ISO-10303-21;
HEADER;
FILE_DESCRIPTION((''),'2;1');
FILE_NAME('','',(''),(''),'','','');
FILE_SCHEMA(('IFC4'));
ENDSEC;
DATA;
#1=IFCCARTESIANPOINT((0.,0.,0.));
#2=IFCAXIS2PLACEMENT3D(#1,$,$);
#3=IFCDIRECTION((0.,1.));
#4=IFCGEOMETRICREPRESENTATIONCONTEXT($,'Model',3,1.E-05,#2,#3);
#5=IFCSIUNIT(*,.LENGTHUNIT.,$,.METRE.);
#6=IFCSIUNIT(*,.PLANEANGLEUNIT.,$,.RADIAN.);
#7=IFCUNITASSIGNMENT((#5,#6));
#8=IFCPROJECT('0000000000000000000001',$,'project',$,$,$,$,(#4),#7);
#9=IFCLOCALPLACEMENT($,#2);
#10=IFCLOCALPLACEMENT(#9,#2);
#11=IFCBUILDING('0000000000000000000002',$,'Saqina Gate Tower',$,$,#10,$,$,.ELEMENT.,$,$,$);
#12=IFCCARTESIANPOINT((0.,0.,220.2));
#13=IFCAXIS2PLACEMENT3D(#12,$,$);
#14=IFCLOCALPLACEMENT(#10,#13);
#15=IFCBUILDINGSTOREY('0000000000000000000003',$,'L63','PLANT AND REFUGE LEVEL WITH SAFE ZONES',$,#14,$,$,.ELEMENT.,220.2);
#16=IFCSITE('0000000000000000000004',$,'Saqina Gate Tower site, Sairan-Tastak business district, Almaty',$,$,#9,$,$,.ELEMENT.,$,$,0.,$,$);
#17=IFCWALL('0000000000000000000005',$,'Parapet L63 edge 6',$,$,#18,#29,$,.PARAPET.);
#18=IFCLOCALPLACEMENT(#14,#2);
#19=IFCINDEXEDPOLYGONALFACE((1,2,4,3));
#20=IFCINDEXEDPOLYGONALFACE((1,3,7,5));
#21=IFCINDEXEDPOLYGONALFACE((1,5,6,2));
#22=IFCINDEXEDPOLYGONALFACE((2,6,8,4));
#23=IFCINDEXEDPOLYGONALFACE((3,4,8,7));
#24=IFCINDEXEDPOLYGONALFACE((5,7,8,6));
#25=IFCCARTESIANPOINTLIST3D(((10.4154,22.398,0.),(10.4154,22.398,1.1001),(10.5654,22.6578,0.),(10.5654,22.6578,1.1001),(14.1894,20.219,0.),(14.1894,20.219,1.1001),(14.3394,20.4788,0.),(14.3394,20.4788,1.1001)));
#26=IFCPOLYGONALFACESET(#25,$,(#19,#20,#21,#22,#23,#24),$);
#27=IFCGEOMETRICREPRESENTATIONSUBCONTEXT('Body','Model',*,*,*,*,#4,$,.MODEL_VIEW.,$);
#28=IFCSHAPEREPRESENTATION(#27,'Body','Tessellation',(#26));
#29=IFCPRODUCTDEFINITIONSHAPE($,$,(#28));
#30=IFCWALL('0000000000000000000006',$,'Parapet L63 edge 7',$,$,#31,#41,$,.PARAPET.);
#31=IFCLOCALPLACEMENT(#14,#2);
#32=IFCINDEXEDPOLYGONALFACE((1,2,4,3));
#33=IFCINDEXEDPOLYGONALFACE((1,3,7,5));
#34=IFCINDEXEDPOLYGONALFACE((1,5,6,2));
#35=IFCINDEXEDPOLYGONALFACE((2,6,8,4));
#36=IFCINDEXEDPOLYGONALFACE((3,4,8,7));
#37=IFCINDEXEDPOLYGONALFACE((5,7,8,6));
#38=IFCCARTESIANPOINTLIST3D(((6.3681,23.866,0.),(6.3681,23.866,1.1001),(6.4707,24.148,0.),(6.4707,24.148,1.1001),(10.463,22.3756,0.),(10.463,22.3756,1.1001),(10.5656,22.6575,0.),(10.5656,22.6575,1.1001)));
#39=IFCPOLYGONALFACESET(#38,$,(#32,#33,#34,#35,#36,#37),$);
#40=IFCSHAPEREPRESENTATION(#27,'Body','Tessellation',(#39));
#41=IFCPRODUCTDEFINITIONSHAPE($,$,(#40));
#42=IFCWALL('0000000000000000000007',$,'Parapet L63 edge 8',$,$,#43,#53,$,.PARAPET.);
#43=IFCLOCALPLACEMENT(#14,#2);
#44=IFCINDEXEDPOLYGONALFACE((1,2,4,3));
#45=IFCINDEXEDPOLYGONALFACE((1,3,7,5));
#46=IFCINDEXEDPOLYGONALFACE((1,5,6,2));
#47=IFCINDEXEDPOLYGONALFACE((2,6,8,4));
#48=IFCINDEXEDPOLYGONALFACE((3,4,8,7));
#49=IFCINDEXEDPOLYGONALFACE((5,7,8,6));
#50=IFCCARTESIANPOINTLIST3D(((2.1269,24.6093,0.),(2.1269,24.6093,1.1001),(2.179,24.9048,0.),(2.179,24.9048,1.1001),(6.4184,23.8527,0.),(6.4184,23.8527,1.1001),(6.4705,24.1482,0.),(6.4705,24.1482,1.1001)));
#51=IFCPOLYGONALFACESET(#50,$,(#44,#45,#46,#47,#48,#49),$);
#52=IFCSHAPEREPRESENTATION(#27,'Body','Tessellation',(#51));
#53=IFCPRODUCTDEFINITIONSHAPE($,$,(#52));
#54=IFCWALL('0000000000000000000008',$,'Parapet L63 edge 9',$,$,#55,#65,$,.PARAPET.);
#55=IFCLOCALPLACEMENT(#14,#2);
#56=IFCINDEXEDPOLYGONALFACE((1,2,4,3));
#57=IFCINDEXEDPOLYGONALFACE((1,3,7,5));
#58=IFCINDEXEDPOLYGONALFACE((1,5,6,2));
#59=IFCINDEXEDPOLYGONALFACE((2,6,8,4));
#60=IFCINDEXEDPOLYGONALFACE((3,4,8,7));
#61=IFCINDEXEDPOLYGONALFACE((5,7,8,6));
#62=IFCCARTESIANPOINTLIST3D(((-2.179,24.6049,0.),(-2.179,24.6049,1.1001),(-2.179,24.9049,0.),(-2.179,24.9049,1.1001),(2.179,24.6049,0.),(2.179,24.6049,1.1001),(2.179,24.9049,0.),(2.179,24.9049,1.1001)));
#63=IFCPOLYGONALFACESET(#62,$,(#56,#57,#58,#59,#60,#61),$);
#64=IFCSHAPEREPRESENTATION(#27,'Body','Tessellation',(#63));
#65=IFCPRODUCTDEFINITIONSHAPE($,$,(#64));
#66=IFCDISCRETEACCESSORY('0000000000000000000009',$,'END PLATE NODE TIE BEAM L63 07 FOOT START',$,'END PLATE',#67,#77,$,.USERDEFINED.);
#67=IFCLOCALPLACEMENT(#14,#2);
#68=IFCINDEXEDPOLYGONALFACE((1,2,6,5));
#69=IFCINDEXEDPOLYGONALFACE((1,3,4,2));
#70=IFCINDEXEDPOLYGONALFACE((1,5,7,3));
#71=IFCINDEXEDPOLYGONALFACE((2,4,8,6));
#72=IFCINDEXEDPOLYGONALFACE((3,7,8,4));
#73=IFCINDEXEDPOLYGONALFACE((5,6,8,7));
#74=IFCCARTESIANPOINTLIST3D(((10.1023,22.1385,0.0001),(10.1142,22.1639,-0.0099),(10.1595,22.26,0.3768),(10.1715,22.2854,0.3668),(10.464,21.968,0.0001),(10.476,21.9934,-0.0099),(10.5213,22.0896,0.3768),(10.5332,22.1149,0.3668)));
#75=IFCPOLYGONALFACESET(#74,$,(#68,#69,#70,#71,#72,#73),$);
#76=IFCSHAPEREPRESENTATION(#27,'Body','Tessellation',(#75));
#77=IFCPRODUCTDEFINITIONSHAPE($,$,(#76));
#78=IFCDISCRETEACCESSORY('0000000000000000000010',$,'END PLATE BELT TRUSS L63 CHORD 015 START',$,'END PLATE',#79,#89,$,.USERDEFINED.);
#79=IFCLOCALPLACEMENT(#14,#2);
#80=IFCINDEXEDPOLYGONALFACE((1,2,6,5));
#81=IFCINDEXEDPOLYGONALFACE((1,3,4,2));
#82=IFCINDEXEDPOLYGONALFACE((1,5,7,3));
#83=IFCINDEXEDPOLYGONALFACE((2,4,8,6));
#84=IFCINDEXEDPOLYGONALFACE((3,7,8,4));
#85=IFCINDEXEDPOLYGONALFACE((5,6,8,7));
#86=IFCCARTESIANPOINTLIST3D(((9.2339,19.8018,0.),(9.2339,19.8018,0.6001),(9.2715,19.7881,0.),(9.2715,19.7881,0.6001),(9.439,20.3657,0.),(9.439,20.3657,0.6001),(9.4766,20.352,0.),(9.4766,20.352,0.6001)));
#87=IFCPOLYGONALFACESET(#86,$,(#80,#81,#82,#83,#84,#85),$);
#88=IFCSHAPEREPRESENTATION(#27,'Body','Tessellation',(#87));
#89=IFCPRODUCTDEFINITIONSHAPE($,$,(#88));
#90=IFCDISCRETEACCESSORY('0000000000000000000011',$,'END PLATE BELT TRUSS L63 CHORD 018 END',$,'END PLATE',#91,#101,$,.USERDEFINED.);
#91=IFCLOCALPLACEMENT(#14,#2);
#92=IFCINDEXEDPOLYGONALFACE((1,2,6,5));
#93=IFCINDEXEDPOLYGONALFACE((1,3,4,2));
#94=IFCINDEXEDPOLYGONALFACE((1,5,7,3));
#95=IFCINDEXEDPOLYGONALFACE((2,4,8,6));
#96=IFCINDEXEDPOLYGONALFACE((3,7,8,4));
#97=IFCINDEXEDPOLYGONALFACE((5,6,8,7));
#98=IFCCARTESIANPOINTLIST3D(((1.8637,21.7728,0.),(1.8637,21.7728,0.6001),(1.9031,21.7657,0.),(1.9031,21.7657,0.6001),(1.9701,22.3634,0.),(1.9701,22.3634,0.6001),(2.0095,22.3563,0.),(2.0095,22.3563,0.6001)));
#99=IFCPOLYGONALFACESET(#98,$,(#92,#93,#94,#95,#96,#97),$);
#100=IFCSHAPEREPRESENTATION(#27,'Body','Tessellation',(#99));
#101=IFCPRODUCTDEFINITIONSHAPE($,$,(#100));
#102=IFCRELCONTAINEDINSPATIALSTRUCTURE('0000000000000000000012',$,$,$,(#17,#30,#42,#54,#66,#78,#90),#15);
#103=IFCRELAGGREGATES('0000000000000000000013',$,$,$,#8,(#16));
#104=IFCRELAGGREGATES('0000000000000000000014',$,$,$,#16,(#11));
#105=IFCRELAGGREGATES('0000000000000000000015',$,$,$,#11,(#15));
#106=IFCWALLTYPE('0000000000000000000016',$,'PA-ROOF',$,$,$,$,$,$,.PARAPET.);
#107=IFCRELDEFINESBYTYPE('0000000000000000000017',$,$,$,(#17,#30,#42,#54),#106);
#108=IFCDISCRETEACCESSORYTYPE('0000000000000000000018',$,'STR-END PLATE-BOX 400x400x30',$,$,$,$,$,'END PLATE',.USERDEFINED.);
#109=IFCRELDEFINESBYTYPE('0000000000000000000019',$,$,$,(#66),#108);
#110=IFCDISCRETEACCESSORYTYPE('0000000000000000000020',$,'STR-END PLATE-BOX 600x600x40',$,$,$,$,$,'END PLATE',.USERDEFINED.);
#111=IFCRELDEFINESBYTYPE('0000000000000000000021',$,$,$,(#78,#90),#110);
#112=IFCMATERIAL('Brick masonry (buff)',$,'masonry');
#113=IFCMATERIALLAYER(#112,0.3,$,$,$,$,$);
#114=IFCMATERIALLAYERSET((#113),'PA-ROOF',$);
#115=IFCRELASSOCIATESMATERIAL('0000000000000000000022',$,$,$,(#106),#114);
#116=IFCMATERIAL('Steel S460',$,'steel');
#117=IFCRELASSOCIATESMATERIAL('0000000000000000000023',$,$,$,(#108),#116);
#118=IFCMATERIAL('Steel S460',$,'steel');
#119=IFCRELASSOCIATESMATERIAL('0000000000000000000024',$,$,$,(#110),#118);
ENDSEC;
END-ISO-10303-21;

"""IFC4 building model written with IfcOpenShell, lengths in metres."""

from ifc_helpers import new_model, si_unit, direction, frame, frame_2d, origin, origin_2d, place, context, subcontext, project, spatial, rectangle, extrude, material, layer, layer_set, material_profile, profile_set, type_object, element, save


model = new_model("IFC4")

# Units and contexts
model_context = context("Model", 3, precision=1e-05, world=origin(), true_north=direction((0.0, 1.0)))
body_context = subcontext(model_context, "Body", "Model", "MODEL_VIEW")
ifc_project = project(units=[si_unit("LENGTHUNIT", "METRE"), si_unit("PLANEANGLEUNIT", "RADIAN")], contexts=[model_context])

# Site, building, storey
site_placement = place(None, origin())
site = spatial("IfcSite", under=ifc_project, at=site_placement, Name="Saqina Gate Tower site, Sairan-Tastak business district, Almaty", CompositionType="ELEMENT", RefElevation=0.0)
building_placement = place(site_placement, origin())
building = spatial("IfcBuilding", under=site, at=building_placement, Name="Saqina Gate Tower", CompositionType="ELEMENT")
storey_placement = place(building_placement, frame((0.0, 0.0, 220.2)))
storey = spatial("IfcBuildingStorey", under=building, at=storey_placement, Name="L63", Description="PLANT AND REFUGE LEVEL WITH SAFE ZONES", CompositionType="ELEMENT", Elevation=220.2)

# Walls
ifc_material_1 = material(Name="Brick masonry (buff)", Category="masonry")
ifc_layer_1 = layer(ifc_material_1, 0.3)
ifc_layer_set_1 = layer_set([ifc_layer_1], Name="PA-ROOF")
wall_type_1 = type_object("IfcWallType", Name="PA-ROOF", PredefinedType="PARAPET", material=ifc_layer_set_1)
wall_1_placement = place(storey_placement, frame((14.2644, 20.3489, 0.0), z_axis=(0.0, 0.0, 1.0), x_axis=(-0.866018, 0.500013, 0.0)))
element("IfcWall", 1, at=wall_1_placement, inside=storey, type_object=wall_type_1, Name="Parapet L63 edge 6", PredefinedType="PARAPET", context=body_context, shape_type="SweptSolid", body=[
    extrude(rectangle(XDim=4.3579, YDim=0.3, at=frame_2d((2.179, 0.0))), origin(), (0.0, 0.0, 1.0), 1.1001),
])
for number, where, z_axis, x_axis, name in (
    (2, (10.5142, 22.5166, 0.0), (0.0, 0.0, 1.0), (-0.93969, 0.342026, 0.0), "Parapet L63 edge 7"),
    (3, (6.4443, 24.0005, 0.0), (0.0, 0.0, 1.0), (-0.984812, 0.173622, 0.0), "Parapet L63 edge 8"),
):
    element("IfcWall", number, at=place(storey_placement, frame(where, z_axis=z_axis, x_axis=x_axis)), inside=storey, type_object=wall_type_1, Name=name, PredefinedType="PARAPET", context=body_context, shape_type="SweptSolid", body=[
        extrude(rectangle(XDim=4.3577, YDim=0.3, at=frame_2d((2.1787, 0.0))), origin(), (0.0, 0.0, 1.0), 1.1001),
    ])
wall_2_placement = place(storey_placement, frame((2.179, 24.7549, 0.0), z_axis=(0.0, 0.0, 1.0), x_axis=(-1.0, 0.0, 0.0)))
element("IfcWall", 4, at=wall_2_placement, inside=storey, type_object=wall_type_1, Name="Parapet L63 edge 9", PredefinedType="PARAPET", context=body_context, shape_type="SweptSolid", body=[
    extrude(rectangle(XDim=4.3579, YDim=0.3, at=frame_2d((2.179, 0.0))), origin(), (0.0, 0.0, 1.0), 1.1001),
])

# Discrete accessories
ifc_material_2 = material(Name="Steel S460", Category="steel")
ifc_material_profile_1 = material_profile(ifc_material_2, rectangle(XDim=0.3999, YDim=0.3999, at=origin_2d()), Name="STR-END PLATE-BOX 400x400x30")
ifc_profile_set_1 = profile_set([ifc_material_profile_1], Name="Steel S460")
discrete_accessory_type_1 = type_object("IfcDiscreteAccessoryType", Name="STR-END PLATE-BOX 400x400x30", ElementType="END PLATE", PredefinedType="USERDEFINED", material=ifc_profile_set_1)
discrete_accessory_placement = place(storey_placement, frame((10.3118, 22.114, 0.1885), z_axis=(0.401451, 0.852058, -0.335908), x_axis=(0.904621, -0.426216, -0.000001)))
element("IfcDiscreteAccessory", 5, at=discrete_accessory_placement, inside=storey, type_object=discrete_accessory_type_1, Name="END PLATE NODE TIE BEAM L63 07 FOOT START", ObjectType="END PLATE", PredefinedType="USERDEFINED", context=body_context, shape_type="SweptSolid", body=[
    extrude(rectangle(XDim=0.3999, YDim=0.3999, at=origin_2d()), origin(), (0.0, 0.0, 1.0), 0.0298),
])
ifc_material_3 = material(Name="Steel S460", Category="steel")
ifc_material_profile_2 = material_profile(ifc_material_3, rectangle(XDim=0.6001, YDim=0.6001, at=origin_2d()), Name="STR-END PLATE-BOX 600x600x40")
ifc_profile_set_2 = profile_set([ifc_material_profile_2], Name="Steel S460")
discrete_accessory_type_2 = type_object("IfcDiscreteAccessoryType", Name="STR-END PLATE-BOX 600x600x40", ElementType="END PLATE", PredefinedType="USERDEFINED", material=ifc_profile_set_2)
for number, where, z_axis, x_axis, name in (
    (6, (9.3364, 20.0837, 0.3), (0.939793, -0.341743, 0.0), (-0.341743, -0.939793, 0.0), "END PLATE BELT TRUSS L63 CHORD 015 START"),
    (7, (1.9563, 22.061, 0.3), (-0.984162, 0.177271, 0.0), (-0.177271, -0.984162, 0.0), "END PLATE BELT TRUSS L63 CHORD 018 END"),
):
    element("IfcDiscreteAccessory", number, at=place(storey_placement, frame(where, z_axis=z_axis, x_axis=x_axis)), inside=storey, type_object=discrete_accessory_type_2, Name=name, ObjectType="END PLATE", PredefinedType="USERDEFINED", context=body_context, shape_type="SweptSolid", body=[
        extrude(rectangle(XDim=0.6001, YDim=0.6001, at=origin_2d()), origin(), (0.0, 0.0, 1.0), 0.04),
    ])

save(model, "model.ifc")
